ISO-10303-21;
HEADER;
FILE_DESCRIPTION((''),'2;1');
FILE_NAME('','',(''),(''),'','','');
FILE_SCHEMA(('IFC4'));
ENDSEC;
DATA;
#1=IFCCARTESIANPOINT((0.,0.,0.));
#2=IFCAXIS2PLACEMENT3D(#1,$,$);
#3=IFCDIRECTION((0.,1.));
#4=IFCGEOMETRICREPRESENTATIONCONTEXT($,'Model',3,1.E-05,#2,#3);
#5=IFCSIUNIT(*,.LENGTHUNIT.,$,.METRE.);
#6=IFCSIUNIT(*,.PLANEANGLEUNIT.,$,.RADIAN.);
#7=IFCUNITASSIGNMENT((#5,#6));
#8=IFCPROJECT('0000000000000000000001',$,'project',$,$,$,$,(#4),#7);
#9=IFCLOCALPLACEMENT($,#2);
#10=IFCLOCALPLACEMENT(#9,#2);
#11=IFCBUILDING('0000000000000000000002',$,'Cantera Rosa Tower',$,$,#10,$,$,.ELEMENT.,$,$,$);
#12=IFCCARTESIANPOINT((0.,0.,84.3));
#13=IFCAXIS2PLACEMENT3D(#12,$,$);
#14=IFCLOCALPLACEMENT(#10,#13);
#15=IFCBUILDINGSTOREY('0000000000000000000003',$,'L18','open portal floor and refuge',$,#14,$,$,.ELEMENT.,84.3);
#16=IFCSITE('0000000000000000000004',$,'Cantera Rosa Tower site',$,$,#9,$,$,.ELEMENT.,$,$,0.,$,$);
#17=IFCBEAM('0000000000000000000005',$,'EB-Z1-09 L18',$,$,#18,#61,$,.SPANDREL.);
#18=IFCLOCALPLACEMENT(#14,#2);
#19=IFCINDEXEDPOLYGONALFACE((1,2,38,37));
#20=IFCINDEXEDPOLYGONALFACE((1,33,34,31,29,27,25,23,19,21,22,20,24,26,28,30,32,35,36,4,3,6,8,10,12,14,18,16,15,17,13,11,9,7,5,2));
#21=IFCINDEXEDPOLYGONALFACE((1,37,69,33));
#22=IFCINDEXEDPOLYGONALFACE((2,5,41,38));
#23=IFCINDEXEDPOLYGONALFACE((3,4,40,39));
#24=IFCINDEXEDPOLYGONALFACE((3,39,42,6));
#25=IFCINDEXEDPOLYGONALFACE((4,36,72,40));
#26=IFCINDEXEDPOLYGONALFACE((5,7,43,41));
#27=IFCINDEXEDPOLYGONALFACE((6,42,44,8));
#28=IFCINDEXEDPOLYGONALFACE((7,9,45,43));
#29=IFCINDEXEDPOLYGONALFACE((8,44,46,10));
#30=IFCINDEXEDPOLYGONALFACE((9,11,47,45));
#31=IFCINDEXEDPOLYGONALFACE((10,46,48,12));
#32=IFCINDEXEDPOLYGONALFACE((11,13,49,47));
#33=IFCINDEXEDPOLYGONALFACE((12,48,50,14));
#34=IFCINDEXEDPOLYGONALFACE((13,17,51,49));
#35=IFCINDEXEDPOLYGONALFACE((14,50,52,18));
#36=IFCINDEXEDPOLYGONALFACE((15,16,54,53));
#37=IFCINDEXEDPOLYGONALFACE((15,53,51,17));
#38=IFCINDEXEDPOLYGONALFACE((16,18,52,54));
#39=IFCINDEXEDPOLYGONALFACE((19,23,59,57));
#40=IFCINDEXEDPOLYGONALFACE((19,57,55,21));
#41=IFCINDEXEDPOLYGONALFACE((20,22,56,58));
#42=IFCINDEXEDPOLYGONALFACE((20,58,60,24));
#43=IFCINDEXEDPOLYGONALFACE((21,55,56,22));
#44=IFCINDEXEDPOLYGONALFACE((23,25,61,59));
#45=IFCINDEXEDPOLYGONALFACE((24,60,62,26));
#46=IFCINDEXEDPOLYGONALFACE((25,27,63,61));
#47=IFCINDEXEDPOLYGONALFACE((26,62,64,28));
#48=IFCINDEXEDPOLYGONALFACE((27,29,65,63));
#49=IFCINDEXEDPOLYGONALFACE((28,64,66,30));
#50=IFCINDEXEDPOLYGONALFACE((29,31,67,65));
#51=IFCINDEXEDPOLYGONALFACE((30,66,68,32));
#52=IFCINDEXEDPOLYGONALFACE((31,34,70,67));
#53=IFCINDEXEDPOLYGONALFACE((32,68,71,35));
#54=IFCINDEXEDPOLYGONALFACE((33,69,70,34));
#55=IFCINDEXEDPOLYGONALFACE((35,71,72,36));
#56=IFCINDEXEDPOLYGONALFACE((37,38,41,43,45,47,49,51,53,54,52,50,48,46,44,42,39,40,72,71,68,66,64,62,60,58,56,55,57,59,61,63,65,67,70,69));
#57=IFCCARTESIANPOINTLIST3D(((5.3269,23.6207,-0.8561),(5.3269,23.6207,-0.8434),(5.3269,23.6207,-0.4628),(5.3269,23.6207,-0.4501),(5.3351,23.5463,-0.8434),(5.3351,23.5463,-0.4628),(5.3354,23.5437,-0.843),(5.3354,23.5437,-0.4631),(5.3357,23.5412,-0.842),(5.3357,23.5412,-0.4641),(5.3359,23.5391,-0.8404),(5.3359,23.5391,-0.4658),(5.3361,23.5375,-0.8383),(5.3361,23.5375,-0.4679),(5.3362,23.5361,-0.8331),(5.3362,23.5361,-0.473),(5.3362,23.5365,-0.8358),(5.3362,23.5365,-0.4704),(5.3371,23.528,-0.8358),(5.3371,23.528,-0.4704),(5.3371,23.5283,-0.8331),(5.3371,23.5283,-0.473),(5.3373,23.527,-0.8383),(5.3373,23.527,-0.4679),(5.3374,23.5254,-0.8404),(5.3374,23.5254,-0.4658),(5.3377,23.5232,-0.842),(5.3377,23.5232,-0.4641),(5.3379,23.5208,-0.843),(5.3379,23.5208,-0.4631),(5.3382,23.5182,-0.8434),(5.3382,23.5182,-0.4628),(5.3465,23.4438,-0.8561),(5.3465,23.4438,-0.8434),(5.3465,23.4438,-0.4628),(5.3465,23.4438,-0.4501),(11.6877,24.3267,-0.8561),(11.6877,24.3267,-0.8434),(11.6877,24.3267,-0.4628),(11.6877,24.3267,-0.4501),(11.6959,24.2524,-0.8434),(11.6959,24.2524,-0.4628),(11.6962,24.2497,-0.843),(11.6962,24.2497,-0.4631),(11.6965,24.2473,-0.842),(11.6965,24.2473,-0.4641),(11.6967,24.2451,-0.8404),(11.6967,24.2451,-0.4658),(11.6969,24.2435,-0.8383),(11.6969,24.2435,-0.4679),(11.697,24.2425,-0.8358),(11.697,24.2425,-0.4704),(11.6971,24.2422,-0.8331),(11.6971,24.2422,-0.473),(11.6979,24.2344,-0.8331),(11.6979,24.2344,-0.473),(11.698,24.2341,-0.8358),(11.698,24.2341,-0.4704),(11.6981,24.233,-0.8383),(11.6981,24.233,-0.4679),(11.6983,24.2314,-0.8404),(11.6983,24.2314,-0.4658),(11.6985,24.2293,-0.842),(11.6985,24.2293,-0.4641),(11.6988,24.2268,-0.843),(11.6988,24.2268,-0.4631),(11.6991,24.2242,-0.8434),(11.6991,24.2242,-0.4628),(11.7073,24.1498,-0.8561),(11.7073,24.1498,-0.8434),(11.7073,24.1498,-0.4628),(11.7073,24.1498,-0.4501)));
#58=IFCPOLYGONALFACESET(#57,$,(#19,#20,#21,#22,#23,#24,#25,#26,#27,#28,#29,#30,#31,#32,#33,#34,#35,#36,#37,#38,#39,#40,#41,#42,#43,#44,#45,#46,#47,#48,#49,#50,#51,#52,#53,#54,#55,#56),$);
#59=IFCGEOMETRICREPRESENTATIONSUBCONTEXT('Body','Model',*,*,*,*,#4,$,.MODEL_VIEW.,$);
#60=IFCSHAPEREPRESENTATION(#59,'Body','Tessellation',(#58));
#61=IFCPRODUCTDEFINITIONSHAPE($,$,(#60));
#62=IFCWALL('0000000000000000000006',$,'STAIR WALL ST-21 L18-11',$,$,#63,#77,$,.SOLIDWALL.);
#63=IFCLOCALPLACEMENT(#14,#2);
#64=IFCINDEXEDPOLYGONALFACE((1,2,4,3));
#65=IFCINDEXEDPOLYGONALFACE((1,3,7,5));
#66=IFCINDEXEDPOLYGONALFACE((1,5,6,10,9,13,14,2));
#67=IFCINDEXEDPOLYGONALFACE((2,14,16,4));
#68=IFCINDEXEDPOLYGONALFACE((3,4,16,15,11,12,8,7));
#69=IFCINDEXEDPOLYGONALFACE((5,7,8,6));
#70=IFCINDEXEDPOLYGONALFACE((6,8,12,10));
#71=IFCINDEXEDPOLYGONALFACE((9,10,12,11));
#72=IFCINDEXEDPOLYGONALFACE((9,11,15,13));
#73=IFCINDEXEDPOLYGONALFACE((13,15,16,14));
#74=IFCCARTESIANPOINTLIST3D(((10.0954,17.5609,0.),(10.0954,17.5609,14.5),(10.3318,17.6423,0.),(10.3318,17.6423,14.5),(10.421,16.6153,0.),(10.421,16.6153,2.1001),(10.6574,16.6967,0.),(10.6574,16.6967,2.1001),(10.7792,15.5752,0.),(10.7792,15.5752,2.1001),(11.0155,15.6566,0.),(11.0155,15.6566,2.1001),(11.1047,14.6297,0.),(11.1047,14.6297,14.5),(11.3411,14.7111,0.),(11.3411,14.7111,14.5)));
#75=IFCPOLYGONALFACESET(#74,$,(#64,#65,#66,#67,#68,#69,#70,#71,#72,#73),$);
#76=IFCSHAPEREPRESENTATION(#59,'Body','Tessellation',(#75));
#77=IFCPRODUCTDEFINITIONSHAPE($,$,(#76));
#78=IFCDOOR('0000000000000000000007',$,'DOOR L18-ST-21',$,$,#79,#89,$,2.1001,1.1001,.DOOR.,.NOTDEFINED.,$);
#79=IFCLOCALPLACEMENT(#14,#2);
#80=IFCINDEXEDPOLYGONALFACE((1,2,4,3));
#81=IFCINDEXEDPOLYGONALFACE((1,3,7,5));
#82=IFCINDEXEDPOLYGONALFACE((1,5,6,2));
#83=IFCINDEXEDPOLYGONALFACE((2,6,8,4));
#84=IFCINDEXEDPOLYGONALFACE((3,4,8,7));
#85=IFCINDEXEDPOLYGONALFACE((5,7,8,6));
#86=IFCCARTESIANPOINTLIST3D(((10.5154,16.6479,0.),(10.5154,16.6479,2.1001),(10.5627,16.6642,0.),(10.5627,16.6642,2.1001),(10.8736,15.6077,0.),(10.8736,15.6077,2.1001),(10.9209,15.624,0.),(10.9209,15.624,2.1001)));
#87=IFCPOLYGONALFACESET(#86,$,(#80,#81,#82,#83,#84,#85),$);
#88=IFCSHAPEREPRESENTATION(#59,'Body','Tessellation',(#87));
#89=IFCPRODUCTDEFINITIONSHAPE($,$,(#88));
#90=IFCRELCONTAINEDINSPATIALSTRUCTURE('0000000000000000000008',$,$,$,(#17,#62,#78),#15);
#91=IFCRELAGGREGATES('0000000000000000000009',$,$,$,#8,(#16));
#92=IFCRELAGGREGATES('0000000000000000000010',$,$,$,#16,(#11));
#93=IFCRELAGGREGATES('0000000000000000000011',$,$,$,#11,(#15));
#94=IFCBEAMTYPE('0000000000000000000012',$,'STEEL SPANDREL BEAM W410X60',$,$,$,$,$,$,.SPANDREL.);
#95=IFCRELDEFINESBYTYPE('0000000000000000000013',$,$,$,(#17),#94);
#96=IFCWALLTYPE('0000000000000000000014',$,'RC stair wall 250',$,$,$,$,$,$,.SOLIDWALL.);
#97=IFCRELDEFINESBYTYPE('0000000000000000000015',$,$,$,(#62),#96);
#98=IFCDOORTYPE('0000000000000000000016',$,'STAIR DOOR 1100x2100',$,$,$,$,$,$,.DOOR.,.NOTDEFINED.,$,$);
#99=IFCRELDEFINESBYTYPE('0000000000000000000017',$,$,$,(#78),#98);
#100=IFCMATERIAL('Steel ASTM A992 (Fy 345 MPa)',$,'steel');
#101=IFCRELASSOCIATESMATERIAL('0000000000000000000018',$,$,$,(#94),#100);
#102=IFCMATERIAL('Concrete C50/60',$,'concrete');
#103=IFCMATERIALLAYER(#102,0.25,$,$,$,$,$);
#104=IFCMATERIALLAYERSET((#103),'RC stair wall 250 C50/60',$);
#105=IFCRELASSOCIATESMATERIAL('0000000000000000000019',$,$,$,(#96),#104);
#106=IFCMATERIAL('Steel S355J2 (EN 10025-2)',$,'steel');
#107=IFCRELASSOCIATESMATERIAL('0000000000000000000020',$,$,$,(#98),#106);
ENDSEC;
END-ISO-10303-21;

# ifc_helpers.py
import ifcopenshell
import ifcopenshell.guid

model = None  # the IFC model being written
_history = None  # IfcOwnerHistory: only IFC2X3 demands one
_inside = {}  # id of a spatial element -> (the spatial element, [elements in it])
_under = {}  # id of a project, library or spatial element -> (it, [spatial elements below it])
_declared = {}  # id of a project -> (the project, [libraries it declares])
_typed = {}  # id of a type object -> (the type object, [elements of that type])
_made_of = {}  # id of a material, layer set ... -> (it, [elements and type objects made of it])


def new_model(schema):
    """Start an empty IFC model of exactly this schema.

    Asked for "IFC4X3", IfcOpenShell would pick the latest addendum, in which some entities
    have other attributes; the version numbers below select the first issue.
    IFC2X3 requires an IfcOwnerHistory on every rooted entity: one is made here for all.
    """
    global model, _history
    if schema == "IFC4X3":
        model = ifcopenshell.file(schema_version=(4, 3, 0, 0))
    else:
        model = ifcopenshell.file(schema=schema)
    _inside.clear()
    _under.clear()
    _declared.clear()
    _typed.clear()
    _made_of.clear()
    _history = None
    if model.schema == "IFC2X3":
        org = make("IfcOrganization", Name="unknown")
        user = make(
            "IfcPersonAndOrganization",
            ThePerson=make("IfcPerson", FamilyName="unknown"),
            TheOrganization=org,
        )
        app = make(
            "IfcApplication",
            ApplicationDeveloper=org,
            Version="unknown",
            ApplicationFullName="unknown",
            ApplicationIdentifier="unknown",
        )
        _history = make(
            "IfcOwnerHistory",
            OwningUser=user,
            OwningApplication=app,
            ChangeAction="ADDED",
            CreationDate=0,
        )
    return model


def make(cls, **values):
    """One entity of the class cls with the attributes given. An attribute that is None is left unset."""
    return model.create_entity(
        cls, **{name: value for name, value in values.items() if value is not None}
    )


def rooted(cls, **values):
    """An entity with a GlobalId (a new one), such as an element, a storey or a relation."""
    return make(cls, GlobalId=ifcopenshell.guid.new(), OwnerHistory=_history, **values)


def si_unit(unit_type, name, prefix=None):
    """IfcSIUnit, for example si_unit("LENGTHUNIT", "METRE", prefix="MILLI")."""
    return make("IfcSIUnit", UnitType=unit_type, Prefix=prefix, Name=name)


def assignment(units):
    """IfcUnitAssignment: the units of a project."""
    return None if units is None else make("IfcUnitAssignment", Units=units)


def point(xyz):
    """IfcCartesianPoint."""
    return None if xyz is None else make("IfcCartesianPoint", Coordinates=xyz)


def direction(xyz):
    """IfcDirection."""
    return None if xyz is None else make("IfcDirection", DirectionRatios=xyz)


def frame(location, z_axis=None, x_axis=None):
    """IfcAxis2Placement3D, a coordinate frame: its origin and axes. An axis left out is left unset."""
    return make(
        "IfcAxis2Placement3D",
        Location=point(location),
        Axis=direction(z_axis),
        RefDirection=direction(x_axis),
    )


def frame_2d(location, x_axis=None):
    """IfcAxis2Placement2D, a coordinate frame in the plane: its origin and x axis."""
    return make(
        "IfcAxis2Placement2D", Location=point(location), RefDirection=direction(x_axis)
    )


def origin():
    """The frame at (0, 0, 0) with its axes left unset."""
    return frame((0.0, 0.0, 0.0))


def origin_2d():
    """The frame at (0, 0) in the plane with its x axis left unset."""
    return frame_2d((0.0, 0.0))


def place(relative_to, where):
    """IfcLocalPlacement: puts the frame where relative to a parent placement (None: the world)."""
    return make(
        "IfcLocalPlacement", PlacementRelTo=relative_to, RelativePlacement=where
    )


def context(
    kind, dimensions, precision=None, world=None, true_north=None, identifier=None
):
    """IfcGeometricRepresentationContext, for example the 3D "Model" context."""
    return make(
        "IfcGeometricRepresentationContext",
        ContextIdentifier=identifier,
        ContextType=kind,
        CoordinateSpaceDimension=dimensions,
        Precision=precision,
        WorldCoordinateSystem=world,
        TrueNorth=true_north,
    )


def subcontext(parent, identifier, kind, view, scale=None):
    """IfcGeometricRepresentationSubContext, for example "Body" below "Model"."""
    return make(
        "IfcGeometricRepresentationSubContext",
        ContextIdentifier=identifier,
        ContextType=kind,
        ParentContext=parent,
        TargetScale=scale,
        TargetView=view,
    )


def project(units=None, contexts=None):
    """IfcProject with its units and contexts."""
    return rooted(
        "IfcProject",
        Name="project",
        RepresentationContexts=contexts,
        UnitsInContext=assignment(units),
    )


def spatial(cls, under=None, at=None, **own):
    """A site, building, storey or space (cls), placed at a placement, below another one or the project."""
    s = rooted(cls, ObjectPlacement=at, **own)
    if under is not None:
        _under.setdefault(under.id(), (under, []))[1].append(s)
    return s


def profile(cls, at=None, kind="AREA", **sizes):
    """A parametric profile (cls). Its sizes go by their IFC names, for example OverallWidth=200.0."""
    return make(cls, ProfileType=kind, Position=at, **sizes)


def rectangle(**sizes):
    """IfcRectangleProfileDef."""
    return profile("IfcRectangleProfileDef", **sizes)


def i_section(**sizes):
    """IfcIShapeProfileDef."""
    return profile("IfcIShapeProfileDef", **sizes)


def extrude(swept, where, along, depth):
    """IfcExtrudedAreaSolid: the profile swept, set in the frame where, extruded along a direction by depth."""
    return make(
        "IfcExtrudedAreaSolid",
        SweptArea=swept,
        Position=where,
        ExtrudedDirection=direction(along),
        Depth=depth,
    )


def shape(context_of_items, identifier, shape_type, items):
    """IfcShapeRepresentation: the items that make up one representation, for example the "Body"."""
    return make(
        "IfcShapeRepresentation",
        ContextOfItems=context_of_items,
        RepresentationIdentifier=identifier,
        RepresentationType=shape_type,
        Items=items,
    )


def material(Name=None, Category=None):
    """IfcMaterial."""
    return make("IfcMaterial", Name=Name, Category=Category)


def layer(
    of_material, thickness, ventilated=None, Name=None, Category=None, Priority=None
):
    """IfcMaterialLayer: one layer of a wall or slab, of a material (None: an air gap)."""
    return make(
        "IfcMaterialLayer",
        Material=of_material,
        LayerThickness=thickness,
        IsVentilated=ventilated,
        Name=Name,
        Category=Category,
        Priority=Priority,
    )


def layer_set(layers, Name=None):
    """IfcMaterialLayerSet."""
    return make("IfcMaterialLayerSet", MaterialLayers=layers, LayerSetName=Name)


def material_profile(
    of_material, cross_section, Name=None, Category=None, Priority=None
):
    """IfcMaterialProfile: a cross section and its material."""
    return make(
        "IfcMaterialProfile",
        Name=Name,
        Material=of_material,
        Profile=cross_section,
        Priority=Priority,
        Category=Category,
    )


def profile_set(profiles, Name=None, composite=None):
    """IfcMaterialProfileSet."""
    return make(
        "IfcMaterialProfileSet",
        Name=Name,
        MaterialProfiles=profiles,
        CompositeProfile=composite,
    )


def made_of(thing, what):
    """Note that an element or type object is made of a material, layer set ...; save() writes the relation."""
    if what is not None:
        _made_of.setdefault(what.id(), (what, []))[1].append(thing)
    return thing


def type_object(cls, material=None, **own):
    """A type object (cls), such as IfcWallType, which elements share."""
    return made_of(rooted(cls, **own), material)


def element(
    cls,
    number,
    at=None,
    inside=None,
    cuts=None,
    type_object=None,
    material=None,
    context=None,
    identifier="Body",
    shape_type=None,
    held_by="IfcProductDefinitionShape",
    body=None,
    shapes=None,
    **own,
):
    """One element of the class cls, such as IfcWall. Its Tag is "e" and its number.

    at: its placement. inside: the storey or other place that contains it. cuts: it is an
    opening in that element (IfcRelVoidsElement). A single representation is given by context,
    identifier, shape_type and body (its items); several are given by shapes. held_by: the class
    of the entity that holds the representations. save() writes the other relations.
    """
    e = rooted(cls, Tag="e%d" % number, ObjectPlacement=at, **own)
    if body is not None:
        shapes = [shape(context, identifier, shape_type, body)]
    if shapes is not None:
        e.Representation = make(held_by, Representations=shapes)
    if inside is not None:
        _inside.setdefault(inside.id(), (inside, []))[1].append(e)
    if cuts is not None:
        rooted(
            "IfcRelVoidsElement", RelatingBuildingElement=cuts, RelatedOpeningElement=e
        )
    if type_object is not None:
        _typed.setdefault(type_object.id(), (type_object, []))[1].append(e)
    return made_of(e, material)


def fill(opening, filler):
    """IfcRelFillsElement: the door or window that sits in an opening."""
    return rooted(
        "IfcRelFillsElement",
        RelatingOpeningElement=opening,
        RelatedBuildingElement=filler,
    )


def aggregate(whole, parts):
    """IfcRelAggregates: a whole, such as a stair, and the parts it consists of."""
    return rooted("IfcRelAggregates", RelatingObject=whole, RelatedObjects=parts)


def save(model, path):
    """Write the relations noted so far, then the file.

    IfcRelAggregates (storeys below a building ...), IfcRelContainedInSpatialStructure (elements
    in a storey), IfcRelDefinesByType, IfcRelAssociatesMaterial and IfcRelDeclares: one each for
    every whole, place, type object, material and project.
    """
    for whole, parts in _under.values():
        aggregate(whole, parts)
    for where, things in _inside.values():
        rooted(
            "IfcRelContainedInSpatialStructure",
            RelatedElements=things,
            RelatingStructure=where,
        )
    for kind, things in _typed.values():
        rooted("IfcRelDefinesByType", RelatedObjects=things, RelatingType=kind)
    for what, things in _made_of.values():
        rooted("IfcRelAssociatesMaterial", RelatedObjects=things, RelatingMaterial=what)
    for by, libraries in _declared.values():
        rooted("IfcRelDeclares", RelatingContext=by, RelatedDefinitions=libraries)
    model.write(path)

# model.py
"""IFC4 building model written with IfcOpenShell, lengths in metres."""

from ifc_helpers import new_model, si_unit, direction, frame, frame_2d, origin, origin_2d, place, context, subcontext, project, spatial, rectangle, i_section, extrude, material, layer, layer_set, material_profile, profile_set, type_object, element, fill, save


model = new_model("IFC4")

# Units and contexts
model_context = context("Model", 3, precision=1e-05, world=origin(), true_north=direction((0.0, 1.0)))
body_context = subcontext(model_context, "Body", "Model", "MODEL_VIEW")
ifc_project = project(units=[si_unit("LENGTHUNIT", "METRE"), si_unit("PLANEANGLEUNIT", "RADIAN")], contexts=[model_context])

# Site, building, storey
site_placement = place(None, origin())
site = spatial("IfcSite", under=ifc_project, at=site_placement, Name="Cantera Rosa Tower site", CompositionType="ELEMENT", RefElevation=0.0)
building_placement = place(site_placement, origin())
building = spatial("IfcBuilding", under=site, at=building_placement, Name="Cantera Rosa Tower", CompositionType="ELEMENT")
storey_placement = place(building_placement, frame((0.0, 0.0, 84.3)))
storey = spatial("IfcBuildingStorey", under=building, at=storey_placement, Name="L18", Description="open portal floor and refuge", CompositionType="ELEMENT", Elevation=84.3)

# Beam
ifc_material_1 = material(Name="Steel ASTM A992 (Fy 345 MPa)", Category="steel")
ifc_material_profile_1 = material_profile(ifc_material_1, i_section(OverallWidth=0.178, OverallDepth=0.406, WebThickness=0.0078, FlangeThickness=0.0127, FilletRadius=0.0103, at=origin_2d()), Name="W410X60")
ifc_profile_set_1 = profile_set([ifc_material_profile_1], Name="Steel ASTM A992 (Fy 345 MPa)")
beam_type_1 = type_object("IfcBeamType", Name="STEEL SPANDREL BEAM W410X60", PredefinedType="SPANDREL", material=ifc_profile_set_1)
beam_1_placement = place(storey_placement, frame((11.6975, 24.2383, -0.6531), z_axis=(-0.993896, -0.110323, 0.0), x_axis=(0.110323, -0.993896, 0.0)))
element("IfcBeam", 1, at=beam_1_placement, inside=storey, type_object=beam_type_1, Name="EB-Z1-09 L18", PredefinedType="SPANDREL", context=body_context, shape_type="SweptSolid", body=[
    extrude(i_section(OverallWidth=0.178, OverallDepth=0.406, WebThickness=0.0078, FlangeThickness=0.0127, FilletRadius=0.0103, at=origin_2d()), origin(), (0.0, 0.0, 1.0), 6.3999),
])

# Wall, opening, door
ifc_material_2 = material(Name="Concrete C50/60", Category="concrete")
ifc_layer = layer(ifc_material_2, 0.25)
ifc_layer_set = layer_set([ifc_layer], Name="RC stair wall 250 C50/60")
wall_type = type_object("IfcWallType", Name="RC stair wall 250", PredefinedType="SOLIDWALL", material=ifc_layer_set)
wall_placement = place(storey_placement, frame((10.2136, 17.6016, 0.0), z_axis=(0.0, 0.0, 1.0), x_axis=(0.325568, -0.945519, 0.0)))
wall = element("IfcWall", 2, at=wall_placement, inside=storey, type_object=wall_type, Name="STAIR WALL ST-21 L18-11", PredefinedType="SOLIDWALL", context=body_context, shape_type="SweptSolid", body=[
    extrude(rectangle(XDim=3.1001, YDim=0.25, at=frame_2d((1.55, 0.0))), origin(), (0.0, 0.0, 1.0), 14.5),
])
opening_placement = place(wall_placement, frame((1.0, 0.0, 0.0)))
opening = element("IfcOpeningElement", 3, at=opening_placement, cuts=wall, PredefinedType="OPENING", context=body_context, shape_type="SweptSolid", body=[
    extrude(rectangle(XDim=1.1001, YDim=2.1001, at=frame_2d((0.55, 1.05))), frame((0.0, 0.135, 0.0), z_axis=(0.0, -1.0, 0.0), x_axis=(1.0, 0.0, 0.0)), (0.0, 0.0, 1.0), 0.27),
])
ifc_material_3 = material(Name="Steel S355J2 (EN 10025-2)", Category="steel")
door_type = type_object("IfcDoorType", Name="STAIR DOOR 1100x2100", OperationType="NOTDEFINED", PredefinedType="DOOR", material=ifc_material_3)
door_placement = place(opening_placement, origin())
door = element("IfcDoor", 4, at=door_placement, inside=storey, type_object=door_type, Name="DOOR L18-ST-21", OperationType="NOTDEFINED", OverallHeight=2.1001, OverallWidth=1.1001, PredefinedType="DOOR", context=body_context, shape_type="SweptSolid", body=[
    extrude(rectangle(XDim=1.1001, YDim=2.1001, at=frame_2d((0.55, 1.05))), frame((0.0, 0.0249, 0.0), z_axis=(0.0, -1.0, 0.0), x_axis=(1.0, 0.0, 0.0)), (0.0, 0.0, 1.0), 0.05),
])
fill(opening, door)

save(model, "model.ifc")
